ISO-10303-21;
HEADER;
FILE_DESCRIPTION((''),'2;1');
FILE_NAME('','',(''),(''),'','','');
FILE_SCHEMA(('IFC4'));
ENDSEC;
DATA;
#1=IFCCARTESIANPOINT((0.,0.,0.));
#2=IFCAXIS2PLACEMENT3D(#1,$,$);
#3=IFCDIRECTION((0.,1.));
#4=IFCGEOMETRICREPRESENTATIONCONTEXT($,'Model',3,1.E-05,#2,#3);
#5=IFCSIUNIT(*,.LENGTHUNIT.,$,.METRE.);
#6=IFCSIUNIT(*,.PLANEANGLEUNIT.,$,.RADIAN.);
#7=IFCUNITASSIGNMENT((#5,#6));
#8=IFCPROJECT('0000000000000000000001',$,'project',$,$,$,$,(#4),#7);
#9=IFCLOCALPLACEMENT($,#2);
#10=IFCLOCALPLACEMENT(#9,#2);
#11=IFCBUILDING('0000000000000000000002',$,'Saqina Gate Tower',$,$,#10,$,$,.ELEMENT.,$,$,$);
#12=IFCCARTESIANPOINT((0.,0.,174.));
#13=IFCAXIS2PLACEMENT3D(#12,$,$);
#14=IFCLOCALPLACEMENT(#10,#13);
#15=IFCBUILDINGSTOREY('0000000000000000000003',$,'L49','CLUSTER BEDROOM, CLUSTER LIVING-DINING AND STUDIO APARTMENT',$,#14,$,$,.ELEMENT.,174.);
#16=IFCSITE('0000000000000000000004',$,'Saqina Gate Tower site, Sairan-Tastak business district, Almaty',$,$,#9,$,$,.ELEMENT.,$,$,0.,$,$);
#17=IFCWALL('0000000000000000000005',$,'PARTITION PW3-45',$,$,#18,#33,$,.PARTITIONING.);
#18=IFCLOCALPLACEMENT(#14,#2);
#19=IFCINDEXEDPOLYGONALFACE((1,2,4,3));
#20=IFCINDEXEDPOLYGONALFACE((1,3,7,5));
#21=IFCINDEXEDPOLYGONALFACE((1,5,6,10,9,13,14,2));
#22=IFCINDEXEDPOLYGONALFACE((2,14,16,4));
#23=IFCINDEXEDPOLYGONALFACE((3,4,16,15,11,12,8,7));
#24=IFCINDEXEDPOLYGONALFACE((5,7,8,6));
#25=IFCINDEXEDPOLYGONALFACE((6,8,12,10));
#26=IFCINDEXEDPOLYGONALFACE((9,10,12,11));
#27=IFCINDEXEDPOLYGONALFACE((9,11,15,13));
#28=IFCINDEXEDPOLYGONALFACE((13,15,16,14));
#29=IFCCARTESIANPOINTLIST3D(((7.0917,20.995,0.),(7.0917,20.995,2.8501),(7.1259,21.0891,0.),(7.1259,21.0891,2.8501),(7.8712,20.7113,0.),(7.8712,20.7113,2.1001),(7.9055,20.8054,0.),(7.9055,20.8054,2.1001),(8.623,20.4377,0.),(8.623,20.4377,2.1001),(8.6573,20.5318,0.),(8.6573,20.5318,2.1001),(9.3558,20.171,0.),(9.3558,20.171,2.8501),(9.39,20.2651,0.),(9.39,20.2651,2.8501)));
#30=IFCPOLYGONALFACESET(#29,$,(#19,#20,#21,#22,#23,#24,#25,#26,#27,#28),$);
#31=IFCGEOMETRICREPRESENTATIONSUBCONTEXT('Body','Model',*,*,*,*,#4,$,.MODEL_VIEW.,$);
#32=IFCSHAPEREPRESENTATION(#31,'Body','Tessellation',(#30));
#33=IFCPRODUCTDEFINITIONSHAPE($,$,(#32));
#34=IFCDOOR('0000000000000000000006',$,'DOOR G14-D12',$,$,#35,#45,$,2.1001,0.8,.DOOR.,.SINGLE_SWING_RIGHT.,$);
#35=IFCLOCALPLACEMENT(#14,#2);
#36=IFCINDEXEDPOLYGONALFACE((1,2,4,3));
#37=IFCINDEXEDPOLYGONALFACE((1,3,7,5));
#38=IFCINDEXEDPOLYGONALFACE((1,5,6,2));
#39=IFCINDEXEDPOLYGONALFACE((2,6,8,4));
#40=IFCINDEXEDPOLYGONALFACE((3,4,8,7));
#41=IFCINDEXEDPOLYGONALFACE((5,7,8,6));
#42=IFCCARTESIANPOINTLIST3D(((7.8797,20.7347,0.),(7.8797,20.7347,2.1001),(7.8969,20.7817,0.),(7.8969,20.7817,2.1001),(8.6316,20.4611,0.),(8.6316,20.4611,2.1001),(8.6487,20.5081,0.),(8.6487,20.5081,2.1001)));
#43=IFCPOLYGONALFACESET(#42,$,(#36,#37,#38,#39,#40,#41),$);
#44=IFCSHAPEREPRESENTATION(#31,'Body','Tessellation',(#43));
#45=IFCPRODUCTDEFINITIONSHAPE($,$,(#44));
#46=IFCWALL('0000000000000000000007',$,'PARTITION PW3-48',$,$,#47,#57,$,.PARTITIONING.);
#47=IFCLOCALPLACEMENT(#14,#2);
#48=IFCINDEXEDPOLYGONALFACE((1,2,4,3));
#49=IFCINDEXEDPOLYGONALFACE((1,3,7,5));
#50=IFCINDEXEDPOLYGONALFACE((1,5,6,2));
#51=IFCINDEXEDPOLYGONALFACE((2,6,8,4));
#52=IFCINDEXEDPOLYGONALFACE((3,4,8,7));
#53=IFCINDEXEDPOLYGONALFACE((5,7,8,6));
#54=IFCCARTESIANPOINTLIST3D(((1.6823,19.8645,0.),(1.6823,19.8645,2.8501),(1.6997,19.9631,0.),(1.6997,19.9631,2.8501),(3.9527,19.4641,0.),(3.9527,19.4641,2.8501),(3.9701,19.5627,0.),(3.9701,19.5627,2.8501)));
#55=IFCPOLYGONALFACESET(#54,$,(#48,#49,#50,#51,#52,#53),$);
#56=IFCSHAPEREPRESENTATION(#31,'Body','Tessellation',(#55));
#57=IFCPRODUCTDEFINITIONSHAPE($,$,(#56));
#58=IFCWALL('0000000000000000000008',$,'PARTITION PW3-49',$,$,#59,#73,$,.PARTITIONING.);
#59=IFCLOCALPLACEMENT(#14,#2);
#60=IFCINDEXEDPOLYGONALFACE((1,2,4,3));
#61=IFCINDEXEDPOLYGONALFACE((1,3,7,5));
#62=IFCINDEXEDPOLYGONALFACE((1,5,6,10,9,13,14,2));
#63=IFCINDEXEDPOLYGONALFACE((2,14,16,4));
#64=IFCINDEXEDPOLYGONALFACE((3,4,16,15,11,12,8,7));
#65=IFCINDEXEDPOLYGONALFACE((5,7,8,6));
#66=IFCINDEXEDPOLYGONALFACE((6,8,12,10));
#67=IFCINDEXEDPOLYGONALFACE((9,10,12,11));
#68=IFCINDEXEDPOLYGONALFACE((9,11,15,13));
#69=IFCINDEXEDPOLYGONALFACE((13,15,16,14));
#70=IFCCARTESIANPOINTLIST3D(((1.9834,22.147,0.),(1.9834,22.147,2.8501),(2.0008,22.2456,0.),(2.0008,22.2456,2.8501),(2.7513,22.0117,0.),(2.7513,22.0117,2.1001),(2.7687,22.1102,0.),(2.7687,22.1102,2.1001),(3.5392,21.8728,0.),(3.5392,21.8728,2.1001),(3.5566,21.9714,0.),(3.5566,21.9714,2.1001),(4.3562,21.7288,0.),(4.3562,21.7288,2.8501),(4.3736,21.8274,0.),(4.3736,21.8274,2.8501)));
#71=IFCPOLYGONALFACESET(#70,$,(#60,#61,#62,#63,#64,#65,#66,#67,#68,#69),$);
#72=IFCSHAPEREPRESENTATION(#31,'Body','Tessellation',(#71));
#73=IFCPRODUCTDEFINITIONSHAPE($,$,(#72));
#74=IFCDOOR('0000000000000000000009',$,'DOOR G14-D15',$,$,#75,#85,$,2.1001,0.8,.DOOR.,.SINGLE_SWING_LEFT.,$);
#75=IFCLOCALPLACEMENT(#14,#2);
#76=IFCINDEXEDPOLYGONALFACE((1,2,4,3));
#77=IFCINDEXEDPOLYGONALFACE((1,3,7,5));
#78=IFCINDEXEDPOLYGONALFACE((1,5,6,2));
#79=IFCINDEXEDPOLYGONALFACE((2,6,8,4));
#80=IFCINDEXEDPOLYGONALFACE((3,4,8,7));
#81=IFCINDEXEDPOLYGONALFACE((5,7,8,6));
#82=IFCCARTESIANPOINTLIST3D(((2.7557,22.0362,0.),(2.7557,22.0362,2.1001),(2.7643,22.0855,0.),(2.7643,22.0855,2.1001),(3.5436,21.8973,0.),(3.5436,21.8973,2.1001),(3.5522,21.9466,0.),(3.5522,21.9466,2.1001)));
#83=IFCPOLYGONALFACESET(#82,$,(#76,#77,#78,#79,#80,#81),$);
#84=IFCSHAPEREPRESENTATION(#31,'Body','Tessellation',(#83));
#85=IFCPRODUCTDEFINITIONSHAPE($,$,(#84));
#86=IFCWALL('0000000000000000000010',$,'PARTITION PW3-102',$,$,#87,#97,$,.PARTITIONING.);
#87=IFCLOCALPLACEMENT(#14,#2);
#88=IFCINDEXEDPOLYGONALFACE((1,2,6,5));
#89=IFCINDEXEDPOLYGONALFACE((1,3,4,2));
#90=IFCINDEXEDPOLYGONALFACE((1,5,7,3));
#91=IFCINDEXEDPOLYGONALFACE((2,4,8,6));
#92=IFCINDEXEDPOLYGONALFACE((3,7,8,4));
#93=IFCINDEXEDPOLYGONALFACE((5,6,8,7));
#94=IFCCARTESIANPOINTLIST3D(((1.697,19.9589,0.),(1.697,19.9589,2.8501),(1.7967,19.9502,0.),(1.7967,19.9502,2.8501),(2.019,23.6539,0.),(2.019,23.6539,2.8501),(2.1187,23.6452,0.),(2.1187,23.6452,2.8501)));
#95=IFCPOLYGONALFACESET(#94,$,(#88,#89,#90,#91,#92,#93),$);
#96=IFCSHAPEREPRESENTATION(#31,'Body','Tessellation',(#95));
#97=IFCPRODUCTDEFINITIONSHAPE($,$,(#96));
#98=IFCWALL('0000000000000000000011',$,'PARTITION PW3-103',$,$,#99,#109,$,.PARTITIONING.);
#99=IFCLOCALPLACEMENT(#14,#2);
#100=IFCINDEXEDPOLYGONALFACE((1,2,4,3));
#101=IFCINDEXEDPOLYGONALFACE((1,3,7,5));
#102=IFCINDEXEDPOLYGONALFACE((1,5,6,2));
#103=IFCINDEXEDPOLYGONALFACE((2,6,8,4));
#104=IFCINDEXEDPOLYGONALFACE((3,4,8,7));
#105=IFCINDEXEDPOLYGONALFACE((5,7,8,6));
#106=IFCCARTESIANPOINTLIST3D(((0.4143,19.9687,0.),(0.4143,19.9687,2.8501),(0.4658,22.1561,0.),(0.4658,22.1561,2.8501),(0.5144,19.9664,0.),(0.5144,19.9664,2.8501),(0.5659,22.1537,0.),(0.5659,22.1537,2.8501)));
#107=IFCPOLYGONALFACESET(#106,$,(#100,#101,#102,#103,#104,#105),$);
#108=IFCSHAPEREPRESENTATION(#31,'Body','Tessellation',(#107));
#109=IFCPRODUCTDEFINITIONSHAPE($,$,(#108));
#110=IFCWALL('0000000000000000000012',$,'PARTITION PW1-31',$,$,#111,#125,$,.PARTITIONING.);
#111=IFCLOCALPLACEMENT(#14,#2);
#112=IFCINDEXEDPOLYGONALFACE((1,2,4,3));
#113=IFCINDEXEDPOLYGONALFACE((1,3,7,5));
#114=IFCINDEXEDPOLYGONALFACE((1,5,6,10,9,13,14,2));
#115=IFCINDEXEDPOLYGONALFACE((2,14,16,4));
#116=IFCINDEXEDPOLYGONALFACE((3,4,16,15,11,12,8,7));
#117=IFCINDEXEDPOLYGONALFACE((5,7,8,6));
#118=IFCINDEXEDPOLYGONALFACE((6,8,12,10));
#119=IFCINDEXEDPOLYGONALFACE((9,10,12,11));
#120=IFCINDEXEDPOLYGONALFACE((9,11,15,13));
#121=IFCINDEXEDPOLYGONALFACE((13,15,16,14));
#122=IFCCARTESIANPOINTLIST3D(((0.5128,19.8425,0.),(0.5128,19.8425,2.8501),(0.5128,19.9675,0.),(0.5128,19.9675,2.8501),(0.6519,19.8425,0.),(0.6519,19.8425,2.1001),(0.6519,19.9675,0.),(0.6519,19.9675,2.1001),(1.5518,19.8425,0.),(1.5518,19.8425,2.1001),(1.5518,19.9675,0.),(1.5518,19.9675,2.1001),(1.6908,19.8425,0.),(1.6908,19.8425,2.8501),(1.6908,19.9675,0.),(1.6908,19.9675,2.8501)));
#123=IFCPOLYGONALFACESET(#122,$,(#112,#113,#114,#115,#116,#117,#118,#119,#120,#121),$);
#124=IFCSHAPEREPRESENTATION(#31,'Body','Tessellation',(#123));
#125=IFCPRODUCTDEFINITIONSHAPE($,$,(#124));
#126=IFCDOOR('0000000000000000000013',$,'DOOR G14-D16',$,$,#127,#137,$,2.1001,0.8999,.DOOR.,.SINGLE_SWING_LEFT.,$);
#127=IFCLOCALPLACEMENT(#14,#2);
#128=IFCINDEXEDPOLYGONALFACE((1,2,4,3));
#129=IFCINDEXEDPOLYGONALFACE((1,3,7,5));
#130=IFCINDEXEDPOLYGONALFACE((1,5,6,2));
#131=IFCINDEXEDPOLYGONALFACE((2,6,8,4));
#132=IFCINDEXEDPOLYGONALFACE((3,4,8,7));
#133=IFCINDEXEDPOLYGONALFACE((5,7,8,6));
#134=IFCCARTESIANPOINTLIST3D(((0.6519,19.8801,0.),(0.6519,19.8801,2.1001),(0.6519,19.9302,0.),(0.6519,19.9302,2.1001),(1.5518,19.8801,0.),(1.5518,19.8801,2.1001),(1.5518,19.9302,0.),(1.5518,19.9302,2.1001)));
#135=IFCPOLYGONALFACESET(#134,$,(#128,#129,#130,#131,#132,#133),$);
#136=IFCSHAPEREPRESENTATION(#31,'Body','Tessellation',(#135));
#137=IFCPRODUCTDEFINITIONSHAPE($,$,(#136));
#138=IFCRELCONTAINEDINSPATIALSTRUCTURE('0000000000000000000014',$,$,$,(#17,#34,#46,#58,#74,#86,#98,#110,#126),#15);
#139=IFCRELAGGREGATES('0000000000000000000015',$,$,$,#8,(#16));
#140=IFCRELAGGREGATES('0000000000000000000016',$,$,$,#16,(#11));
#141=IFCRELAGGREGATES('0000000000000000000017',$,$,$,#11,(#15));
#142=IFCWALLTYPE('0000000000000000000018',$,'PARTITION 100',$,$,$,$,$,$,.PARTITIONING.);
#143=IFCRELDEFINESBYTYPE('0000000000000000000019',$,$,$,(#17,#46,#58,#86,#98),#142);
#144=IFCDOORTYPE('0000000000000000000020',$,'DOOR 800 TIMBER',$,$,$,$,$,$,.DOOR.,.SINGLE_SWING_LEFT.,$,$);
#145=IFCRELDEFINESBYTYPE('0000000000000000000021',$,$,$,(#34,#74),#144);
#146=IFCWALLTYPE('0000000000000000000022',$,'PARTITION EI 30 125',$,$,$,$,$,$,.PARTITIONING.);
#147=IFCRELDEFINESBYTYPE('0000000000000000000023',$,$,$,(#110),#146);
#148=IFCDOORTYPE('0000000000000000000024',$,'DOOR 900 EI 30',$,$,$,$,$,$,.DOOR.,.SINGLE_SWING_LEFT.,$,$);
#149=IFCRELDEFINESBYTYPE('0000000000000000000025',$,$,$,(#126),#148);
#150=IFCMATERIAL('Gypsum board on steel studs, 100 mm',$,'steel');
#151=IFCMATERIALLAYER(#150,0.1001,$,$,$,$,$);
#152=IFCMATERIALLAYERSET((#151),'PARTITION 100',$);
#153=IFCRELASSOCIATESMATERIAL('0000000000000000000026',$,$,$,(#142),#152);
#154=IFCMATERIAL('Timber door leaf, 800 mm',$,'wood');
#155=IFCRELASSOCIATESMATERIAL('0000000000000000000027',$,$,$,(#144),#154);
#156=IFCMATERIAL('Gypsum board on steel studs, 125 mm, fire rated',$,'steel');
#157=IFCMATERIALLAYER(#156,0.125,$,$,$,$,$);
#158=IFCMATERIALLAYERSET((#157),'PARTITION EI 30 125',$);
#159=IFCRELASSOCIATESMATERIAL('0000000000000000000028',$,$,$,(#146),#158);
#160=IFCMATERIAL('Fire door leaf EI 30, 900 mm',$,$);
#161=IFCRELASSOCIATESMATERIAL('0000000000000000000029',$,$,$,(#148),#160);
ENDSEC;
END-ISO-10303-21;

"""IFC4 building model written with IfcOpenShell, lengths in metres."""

from ifc_helpers import new_model, si_unit, direction, frame, frame_2d, origin, place, context, subcontext, project, spatial, rectangle, extrude, material, layer, layer_set, type_object, element, fill, save


model = new_model("IFC4")

# Units and contexts
model_context = context("Model", 3, precision=1e-05, world=origin(), true_north=direction((0.0, 1.0)))
body_context = subcontext(model_context, "Body", "Model", "MODEL_VIEW")
ifc_project = project(units=[si_unit("LENGTHUNIT", "METRE"), si_unit("PLANEANGLEUNIT", "RADIAN")], contexts=[model_context])

# Site, building, storey
site_placement = place(None, origin())
site = spatial("IfcSite", under=ifc_project, at=site_placement, Name="Saqina Gate Tower site, Sairan-Tastak business district, Almaty", CompositionType="ELEMENT", RefElevation=0.0)
building_placement = place(site_placement, origin())
building = spatial("IfcBuilding", under=site, at=building_placement, Name="Saqina Gate Tower", CompositionType="ELEMENT")
storey_placement = place(building_placement, frame((0.0, 0.0, 174.0)))
storey = spatial("IfcBuildingStorey", under=building, at=storey_placement, Name="L49", Description="CLUSTER BEDROOM, CLUSTER LIVING-DINING AND STUDIO APARTMENT", CompositionType="ELEMENT", Elevation=174.0)

# Wall, opening, door
ifc_material_1 = material(Name="Gypsum board on steel studs, 100 mm", Category="steel")
ifc_layer_1 = layer(ifc_material_1, 0.1001)
ifc_layer_set_1 = layer_set([ifc_layer_1], Name="PARTITION 100")
wall_type_1 = type_object("IfcWallType", Name="PARTITION 100", PredefinedType="PARTITIONING", material=ifc_layer_set_1)
ifc_material_2 = material(Name="Timber door leaf, 800 mm", Category="wood")
door_type_1 = type_object("IfcDoorType", Name="DOOR 800 TIMBER", OperationType="SINGLE_SWING_LEFT", PredefinedType="DOOR", material=ifc_material_2)
wall_1_placement = place(storey_placement, frame((7.1089, 21.042, 0.0), z_axis=(0.0, 0.0, 1.0), x_axis=(0.939708, -0.341979, 0.0)))
wall_1 = element("IfcWall", 1, at=wall_1_placement, inside=storey, type_object=wall_type_1, Name="PARTITION PW3-45", PredefinedType="PARTITIONING", context=body_context, shape_type="SweptSolid", body=[
    extrude(rectangle(XDim=2.4094, YDim=0.1001, at=frame_2d((1.2046, 0.0))), origin(), (0.0, 0.0, 1.0), 2.8501),
])
opening_1_placement = place(wall_1_placement, frame((0.8296, 0.0, 0.0)))
opening_1 = element("IfcOpeningElement", 2, at=opening_1_placement, cuts=wall_1, PredefinedType="OPENING", context=body_context, shape_type="SweptSolid", body=[
    extrude(rectangle(XDim=0.8, YDim=2.1001, at=frame_2d((0.3999, 1.05))), frame((0.0, 0.062, 0.0), z_axis=(0.0, -1.0, 0.0), x_axis=(1.0, 0.0, 0.0)), (0.0, 0.0, 1.0), 0.124),
])
door_1_placement = place(opening_1_placement, origin())
door_1 = element("IfcDoor", 3, at=door_1_placement, inside=storey, type_object=door_type_1, Name="DOOR G14-D12", OperationType="SINGLE_SWING_RIGHT", OverallHeight=2.1001, OverallWidth=0.8, PredefinedType="DOOR", context=body_context, shape_type="SweptSolid", body=[
    extrude(rectangle(XDim=0.8, YDim=2.1001, at=frame_2d((0.3999, 1.05))), frame((0.0, 0.0249, 0.0), z_axis=(0.0, -1.0, 0.0), x_axis=(1.0, 0.0, 0.0)), (0.0, 0.0, 1.0), 0.05),
])
fill(opening_1, door_1)

# Wall
wall_2_placement = place(storey_placement, frame((1.6909, 19.9138, 0.0), z_axis=(0.0, 0.0, 1.0), x_axis=(0.984802, -0.173683, 0.0)))
element("IfcWall", 4, at=wall_2_placement, inside=storey, type_object=wall_type_1, Name="PARTITION PW3-48", PredefinedType="PARTITIONING", context=body_context, shape_type="SweptSolid", body=[
    extrude(rectangle(XDim=2.3054, YDim=0.1001, at=frame_2d((1.1528, 0.0))), origin(), (0.0, 0.0, 1.0), 2.8501),
])

# Wall, opening, door
wall_3_placement = place(storey_placement, frame((1.9922, 22.1963, 0.0), z_axis=(0.0, 0.0, 1.0), x_axis=(0.98482, -0.173577, 0.0)))
wall_3 = element("IfcWall", 5, at=wall_3_placement, inside=storey, type_object=wall_type_1, Name="PARTITION PW3-49", PredefinedType="PARTITIONING", context=body_context, shape_type="SweptSolid", body=[
    extrude(rectangle(XDim=2.4094, YDim=0.1001, at=frame_2d((1.2046, 0.0))), origin(), (0.0, 0.0, 1.0), 2.8501),
])
opening_2_placement = place(wall_3_placement, frame((0.7798, 0.0, 0.0)))
opening_2 = element("IfcOpeningElement", 6, at=opening_2_placement, cuts=wall_3, PredefinedType="OPENING", context=body_context, shape_type="SweptSolid", body=[
    extrude(rectangle(XDim=0.8, YDim=2.1001, at=frame_2d((0.3999, 1.05))), frame((0.0, 0.062, 0.0), z_axis=(0.0, -1.0, 0.0), x_axis=(1.0, 0.0, 0.0)), (0.0, 0.0, 1.0), 0.124),
])
door_2_placement = place(opening_2_placement, origin())
door_2 = element("IfcDoor", 7, at=door_2_placement, inside=storey, type_object=door_type_1, Name="DOOR G14-D15", OperationType="SINGLE_SWING_LEFT", OverallHeight=2.1001, OverallWidth=0.8, PredefinedType="DOOR", context=body_context, shape_type="SweptSolid", body=[
    extrude(rectangle(XDim=0.8, YDim=2.1001, at=frame_2d((0.3999, 1.05))), frame((0.0, 0.0249, 0.0), z_axis=(0.0, -1.0, 0.0), x_axis=(1.0, 0.0, 0.0)), (0.0, 0.0, 1.0), 0.05),
])
fill(opening_2, door_2)

# Walls
wall_4_placement = place(storey_placement, frame((1.7468, 19.9546, 0.0), z_axis=(0.0, 0.0, 1.0), x_axis=(0.08682, 0.996224, 0.0)))
element("IfcWall", 8, at=wall_4_placement, inside=storey, type_object=wall_type_1, Name="PARTITION PW3-102", PredefinedType="PARTITIONING", context=body_context, shape_type="SweptSolid", body=[
    extrude(rectangle(XDim=3.709, YDim=0.1001, at=frame_2d((1.8545, 0.0))), origin(), (0.0, 0.0, 1.0), 2.8501),
])
wall_5_placement = place(storey_placement, frame((0.4644, 19.9675, 0.0), z_axis=(0.0, 0.0, 1.0), x_axis=(0.023543, 0.999723, 0.0)))
element("IfcWall", 9, at=wall_5_placement, inside=storey, type_object=wall_type_1, Name="PARTITION PW3-103", PredefinedType="PARTITIONING", context=body_context, shape_type="SweptSolid", body=[
    extrude(rectangle(XDim=2.188, YDim=0.1001, at=frame_2d((1.094, 0.0))), origin(), (0.0, 0.0, 1.0), 2.8501),
])

# Wall, opening, door
ifc_material_3 = material(Name="Gypsum board on steel studs, 125 mm, fire rated", Category="steel")
ifc_layer_2 = layer(ifc_material_3, 0.125)
ifc_layer_set_2 = layer_set([ifc_layer_2], Name="PARTITION EI 30 125")
wall_type_2 = type_object("IfcWallType", Name="PARTITION EI 30 125", PredefinedType="PARTITIONING", material=ifc_layer_set_2)
wall_6_placement = place(storey_placement, frame((0.5129, 19.905, 0.0), z_axis=(0.0, 0.0, 1.0), x_axis=(1.0, 0.0, 0.0)))
wall_6 = element("IfcWall", 10, at=wall_6_placement, inside=storey, type_object=wall_type_2, Name="PARTITION PW1-31", PredefinedType="PARTITIONING", context=body_context, shape_type="SweptSolid", body=[
    extrude(rectangle(XDim=1.178, YDim=0.125, at=frame_2d((0.5889, 0.0))), origin(), (0.0, 0.0, 1.0), 2.8501),
])
opening_3_placement = place(wall_6_placement, frame((0.1389, 0.0, 0.0)))
opening_3 = element("IfcOpeningElement", 11, at=opening_3_placement, cuts=wall_6, PredefinedType="OPENING", context=body_context, shape_type="SweptSolid", body=[
    extrude(rectangle(XDim=0.8999, YDim=2.1001, at=frame_2d((0.45, 1.05))), frame((0.0, 0.0745, 0.0), z_axis=(0.0, -1.0, 0.0), x_axis=(1.0, 0.0, 0.0)), (0.0, 0.0, 1.0), 0.1489),
])
ifc_material_4 = material(Name="Fire door leaf EI 30, 900 mm")
door_type_2 = type_object("IfcDoorType", Name="DOOR 900 EI 30", OperationType="SINGLE_SWING_LEFT", PredefinedType="DOOR", material=ifc_material_4)
door_3_placement = place(opening_3_placement, frame((0.8999, 0.0, 0.0), z_axis=(0.0, 0.0, 1.0), x_axis=(-1.0, 0.0, 0.0)))
door_3 = element("IfcDoor", 12, at=door_3_placement, inside=storey, type_object=door_type_2, Name="DOOR G14-D16", OperationType="SINGLE_SWING_LEFT", OverallHeight=2.1001, OverallWidth=0.8999, PredefinedType="DOOR", context=body_context, shape_type="SweptSolid", body=[
    extrude(rectangle(XDim=0.8999, YDim=2.1001, at=frame_2d((0.45, 1.05))), frame((0.0, 0.0249, 0.0), z_axis=(0.0, -1.0, 0.0), x_axis=(1.0, 0.0, 0.0)), (0.0, 0.0, 1.0), 0.05),
])
fill(opening_3, door_3)

save(model, "model.ifc")
